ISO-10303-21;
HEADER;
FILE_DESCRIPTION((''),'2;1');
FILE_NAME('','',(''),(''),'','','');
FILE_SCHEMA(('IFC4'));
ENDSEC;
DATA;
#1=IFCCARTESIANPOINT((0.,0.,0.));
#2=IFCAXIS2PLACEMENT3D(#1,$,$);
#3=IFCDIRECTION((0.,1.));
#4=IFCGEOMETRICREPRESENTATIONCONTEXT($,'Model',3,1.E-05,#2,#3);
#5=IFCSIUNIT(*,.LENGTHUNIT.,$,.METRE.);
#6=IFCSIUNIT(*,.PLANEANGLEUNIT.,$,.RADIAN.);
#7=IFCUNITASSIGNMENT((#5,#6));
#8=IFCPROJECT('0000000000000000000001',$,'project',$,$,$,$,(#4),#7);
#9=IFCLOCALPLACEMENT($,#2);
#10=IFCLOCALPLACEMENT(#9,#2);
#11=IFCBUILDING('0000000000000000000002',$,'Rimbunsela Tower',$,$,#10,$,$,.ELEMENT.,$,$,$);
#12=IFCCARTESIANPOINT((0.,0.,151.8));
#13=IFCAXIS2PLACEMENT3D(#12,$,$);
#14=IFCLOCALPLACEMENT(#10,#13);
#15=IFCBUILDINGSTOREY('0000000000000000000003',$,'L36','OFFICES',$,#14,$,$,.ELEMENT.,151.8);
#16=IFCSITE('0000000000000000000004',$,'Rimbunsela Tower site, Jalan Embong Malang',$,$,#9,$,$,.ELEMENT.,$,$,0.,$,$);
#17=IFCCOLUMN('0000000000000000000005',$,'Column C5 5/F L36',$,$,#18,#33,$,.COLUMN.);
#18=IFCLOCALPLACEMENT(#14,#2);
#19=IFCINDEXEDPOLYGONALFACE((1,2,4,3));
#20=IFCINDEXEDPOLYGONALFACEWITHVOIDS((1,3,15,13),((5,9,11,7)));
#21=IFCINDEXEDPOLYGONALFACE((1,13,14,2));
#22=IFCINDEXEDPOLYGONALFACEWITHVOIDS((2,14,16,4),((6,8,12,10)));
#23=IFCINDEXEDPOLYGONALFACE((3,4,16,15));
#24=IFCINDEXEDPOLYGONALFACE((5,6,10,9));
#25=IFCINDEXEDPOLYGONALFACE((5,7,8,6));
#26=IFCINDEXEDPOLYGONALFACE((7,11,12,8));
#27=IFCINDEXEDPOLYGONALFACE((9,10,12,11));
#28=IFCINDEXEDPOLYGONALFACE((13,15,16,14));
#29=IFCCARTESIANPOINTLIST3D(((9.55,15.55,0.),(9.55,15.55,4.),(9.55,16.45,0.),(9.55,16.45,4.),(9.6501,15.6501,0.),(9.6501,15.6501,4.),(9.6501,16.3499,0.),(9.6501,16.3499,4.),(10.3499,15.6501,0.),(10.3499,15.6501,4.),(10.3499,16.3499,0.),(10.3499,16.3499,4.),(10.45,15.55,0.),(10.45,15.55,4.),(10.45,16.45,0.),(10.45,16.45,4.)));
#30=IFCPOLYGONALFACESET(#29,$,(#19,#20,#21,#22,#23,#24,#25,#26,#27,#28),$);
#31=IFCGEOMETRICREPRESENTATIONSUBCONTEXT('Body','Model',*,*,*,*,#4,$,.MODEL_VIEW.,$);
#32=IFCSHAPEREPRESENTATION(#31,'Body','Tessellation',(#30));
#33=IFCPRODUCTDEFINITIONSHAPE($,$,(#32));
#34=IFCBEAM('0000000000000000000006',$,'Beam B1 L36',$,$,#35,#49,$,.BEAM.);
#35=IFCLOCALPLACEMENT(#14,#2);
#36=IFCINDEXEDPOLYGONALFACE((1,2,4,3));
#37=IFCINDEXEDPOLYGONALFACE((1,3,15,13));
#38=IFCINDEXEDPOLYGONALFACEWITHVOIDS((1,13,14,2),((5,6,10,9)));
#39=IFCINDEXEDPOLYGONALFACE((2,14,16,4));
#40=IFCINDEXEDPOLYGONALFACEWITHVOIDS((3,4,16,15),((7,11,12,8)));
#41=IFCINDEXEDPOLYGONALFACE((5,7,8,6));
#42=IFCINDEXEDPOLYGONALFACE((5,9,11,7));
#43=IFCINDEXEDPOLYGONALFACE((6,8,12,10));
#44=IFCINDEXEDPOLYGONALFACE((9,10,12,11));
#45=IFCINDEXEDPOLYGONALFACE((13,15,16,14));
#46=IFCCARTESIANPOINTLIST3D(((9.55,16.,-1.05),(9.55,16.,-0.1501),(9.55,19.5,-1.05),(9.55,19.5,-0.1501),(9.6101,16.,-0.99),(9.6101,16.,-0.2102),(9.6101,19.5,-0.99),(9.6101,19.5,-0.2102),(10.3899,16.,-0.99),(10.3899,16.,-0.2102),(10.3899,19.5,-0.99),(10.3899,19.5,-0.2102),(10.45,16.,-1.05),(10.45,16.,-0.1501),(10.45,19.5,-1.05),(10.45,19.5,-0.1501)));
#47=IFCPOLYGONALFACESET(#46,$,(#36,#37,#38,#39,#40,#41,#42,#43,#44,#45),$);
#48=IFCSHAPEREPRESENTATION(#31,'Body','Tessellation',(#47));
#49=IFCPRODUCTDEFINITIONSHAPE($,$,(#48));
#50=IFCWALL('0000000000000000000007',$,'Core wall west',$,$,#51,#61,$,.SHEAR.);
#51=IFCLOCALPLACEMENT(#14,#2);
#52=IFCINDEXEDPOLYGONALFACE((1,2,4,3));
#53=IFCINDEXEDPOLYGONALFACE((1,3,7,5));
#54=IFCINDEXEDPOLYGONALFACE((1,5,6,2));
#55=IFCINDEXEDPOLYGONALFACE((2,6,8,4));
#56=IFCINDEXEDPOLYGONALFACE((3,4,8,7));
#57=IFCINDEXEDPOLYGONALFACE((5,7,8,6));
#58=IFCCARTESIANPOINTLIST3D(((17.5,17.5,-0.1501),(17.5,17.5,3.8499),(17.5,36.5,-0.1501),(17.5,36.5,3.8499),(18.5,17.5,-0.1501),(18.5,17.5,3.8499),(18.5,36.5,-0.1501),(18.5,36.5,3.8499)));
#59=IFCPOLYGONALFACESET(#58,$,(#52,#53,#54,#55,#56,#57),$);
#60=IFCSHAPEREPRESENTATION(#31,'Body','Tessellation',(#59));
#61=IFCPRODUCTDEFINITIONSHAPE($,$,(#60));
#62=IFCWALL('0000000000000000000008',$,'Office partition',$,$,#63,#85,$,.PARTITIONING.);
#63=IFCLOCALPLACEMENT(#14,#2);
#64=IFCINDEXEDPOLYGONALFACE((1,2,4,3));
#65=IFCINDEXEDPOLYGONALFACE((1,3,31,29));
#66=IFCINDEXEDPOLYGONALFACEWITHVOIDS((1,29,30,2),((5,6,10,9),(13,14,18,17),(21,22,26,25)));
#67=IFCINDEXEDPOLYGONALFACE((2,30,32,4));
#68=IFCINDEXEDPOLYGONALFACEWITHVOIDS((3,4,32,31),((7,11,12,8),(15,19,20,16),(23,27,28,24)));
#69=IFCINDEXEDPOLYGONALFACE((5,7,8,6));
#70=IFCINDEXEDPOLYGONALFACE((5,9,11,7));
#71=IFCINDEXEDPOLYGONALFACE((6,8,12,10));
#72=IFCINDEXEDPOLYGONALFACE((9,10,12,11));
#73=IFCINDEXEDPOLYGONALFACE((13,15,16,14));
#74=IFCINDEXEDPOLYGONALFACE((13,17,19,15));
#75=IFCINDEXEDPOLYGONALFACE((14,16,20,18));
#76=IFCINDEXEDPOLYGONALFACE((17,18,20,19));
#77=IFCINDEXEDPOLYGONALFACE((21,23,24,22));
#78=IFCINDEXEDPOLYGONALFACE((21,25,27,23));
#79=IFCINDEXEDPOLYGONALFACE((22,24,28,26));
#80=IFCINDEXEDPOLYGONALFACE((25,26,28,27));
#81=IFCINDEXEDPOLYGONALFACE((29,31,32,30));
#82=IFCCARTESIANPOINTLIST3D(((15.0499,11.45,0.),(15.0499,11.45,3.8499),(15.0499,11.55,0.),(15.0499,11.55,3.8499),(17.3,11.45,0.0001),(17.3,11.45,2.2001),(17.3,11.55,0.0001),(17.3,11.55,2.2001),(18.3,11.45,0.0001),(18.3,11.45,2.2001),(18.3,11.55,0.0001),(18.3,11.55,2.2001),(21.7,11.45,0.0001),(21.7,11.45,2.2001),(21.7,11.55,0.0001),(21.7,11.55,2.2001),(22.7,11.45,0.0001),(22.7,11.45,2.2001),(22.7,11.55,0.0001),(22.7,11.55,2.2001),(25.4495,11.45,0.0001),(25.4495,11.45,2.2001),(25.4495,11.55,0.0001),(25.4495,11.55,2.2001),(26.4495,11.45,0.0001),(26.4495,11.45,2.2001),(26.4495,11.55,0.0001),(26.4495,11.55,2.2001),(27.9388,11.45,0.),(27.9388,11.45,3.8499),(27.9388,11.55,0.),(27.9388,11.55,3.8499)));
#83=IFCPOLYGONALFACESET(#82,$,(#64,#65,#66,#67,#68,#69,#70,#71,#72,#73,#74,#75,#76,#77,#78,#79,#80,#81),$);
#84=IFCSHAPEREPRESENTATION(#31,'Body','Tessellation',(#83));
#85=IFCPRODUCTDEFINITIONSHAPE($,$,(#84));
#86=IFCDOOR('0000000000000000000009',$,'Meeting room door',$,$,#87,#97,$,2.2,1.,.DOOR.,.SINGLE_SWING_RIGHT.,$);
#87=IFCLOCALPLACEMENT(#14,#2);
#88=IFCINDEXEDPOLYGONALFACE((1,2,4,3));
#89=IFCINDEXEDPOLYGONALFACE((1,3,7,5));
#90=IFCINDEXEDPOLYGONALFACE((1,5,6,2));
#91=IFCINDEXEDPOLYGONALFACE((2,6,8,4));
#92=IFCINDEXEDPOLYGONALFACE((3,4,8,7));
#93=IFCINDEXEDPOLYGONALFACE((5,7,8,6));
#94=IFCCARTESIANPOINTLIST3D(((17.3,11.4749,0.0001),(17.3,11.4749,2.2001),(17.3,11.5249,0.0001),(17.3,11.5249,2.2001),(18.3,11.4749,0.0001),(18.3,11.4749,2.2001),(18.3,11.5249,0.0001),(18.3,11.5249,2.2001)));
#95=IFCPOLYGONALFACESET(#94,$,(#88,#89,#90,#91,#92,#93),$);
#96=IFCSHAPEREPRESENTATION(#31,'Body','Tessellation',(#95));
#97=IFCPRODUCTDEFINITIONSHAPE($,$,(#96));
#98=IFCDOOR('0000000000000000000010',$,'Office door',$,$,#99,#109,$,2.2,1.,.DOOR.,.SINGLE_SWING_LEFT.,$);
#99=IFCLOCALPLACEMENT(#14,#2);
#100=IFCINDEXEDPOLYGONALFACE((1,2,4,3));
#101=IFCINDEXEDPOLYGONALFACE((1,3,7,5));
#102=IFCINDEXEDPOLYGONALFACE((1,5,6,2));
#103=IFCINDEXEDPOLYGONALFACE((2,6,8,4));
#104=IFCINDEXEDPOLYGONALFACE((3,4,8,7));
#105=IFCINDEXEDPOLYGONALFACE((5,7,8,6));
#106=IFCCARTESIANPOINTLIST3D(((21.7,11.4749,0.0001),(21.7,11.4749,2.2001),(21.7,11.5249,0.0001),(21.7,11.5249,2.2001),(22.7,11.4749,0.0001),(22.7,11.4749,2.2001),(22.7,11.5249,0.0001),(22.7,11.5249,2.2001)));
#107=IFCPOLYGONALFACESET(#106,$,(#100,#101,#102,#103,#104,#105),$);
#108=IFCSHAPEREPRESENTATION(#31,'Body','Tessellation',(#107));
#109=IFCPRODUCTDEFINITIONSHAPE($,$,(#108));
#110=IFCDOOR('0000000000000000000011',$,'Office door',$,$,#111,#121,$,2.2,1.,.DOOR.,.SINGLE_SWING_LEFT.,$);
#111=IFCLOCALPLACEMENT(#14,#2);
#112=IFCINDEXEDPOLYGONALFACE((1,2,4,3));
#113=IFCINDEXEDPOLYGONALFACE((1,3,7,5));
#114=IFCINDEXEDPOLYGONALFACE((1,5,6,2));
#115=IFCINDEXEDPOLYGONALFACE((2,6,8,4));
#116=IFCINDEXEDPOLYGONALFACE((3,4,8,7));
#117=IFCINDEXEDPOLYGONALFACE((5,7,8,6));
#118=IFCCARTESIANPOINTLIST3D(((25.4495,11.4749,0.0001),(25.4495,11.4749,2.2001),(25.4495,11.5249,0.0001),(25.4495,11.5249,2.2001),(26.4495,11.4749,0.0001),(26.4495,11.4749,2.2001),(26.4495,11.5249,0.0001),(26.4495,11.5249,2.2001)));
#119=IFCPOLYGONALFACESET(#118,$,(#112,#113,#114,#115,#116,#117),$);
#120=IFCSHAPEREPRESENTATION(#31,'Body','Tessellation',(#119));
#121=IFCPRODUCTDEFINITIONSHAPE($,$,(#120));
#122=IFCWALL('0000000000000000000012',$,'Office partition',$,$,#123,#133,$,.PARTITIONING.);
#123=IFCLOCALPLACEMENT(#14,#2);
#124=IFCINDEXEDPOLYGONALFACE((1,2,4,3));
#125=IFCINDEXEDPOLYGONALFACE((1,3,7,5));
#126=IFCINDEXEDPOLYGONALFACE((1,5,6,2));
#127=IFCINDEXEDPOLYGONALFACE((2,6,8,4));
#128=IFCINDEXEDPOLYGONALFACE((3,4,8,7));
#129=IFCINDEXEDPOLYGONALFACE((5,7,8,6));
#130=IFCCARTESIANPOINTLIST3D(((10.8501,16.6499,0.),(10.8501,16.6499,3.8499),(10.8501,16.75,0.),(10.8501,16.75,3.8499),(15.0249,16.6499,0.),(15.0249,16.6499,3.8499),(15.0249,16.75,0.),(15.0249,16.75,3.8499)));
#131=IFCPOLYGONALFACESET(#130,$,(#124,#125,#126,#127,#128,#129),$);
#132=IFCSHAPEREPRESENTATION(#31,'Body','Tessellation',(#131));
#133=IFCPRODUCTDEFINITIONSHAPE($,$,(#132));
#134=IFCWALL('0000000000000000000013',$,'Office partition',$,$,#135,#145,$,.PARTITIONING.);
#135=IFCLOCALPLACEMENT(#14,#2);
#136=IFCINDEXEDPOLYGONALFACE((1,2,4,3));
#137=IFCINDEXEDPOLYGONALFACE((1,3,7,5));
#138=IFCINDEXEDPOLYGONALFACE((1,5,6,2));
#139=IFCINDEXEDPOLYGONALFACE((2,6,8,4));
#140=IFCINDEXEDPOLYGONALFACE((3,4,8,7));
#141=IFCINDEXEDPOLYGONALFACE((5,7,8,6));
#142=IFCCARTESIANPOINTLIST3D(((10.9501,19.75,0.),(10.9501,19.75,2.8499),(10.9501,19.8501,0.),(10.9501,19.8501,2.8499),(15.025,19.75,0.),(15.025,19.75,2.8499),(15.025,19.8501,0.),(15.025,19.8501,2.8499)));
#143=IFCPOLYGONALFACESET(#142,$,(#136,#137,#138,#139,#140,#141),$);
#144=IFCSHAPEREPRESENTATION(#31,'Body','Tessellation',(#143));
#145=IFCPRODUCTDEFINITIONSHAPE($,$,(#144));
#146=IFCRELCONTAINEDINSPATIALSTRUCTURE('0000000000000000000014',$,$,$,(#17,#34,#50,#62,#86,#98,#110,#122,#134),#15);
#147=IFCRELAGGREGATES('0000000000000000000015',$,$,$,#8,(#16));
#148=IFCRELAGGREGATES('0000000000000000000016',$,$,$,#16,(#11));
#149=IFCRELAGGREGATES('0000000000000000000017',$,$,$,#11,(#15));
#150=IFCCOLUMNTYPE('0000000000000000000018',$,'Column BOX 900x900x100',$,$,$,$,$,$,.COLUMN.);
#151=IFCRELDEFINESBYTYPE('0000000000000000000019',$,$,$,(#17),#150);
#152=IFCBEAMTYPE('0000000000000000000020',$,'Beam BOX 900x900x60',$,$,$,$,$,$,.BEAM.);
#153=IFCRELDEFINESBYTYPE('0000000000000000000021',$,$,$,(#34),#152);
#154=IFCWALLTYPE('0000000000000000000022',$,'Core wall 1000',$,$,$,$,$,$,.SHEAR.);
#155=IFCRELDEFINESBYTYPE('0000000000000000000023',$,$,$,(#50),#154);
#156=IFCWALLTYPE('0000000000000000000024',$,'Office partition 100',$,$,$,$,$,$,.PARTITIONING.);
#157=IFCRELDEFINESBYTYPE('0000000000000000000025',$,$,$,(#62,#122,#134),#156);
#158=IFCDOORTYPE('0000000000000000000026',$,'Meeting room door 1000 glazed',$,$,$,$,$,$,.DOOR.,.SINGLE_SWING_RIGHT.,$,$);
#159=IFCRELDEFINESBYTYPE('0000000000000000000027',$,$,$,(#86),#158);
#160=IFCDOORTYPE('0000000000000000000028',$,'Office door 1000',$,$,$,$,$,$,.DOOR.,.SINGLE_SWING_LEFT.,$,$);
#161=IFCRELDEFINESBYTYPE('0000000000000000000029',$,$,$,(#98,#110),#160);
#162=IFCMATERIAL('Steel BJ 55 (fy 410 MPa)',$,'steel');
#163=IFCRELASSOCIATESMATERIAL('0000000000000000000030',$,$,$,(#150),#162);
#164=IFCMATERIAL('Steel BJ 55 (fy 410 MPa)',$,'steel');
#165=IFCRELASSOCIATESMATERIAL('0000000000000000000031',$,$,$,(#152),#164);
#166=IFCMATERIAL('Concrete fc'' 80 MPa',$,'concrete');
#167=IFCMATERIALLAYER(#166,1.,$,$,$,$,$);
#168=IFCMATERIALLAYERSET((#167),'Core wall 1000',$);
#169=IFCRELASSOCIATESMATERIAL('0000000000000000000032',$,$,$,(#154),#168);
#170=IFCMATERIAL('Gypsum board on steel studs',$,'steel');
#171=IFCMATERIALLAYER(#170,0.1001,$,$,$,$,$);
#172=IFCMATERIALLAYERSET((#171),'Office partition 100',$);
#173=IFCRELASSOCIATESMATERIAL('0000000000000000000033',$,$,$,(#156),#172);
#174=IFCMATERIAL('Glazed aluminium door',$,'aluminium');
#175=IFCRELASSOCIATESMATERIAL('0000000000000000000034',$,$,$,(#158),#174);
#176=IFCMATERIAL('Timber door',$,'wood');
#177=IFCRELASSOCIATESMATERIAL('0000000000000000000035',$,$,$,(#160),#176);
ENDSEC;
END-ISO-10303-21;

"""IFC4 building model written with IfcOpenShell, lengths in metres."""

from ifc_helpers import new_model, si_unit, direction, frame, frame_2d, origin, origin_2d, place, context, subcontext, project, spatial, rectangle, hollow_rectangle, extrude, material, layer, layer_set, material_profile, profile_set, type_object, element, fill, save


model = new_model("IFC4")

# Units and contexts
model_context = context("Model", 3, precision=1e-05, world=origin(), true_north=direction((0.0, 1.0)))
body_context = subcontext(model_context, "Body", "Model", "MODEL_VIEW")
ifc_project = project(units=[si_unit("LENGTHUNIT", "METRE"), si_unit("PLANEANGLEUNIT", "RADIAN")], contexts=[model_context])

# Site, building, storey
site_placement = place(None, origin())
site = spatial("IfcSite", under=ifc_project, at=site_placement, Name="Rimbunsela Tower site, Jalan Embong Malang", CompositionType="ELEMENT", RefElevation=0.0)
building_placement = place(site_placement, origin())
building = spatial("IfcBuilding", under=site, at=building_placement, Name="Rimbunsela Tower", CompositionType="ELEMENT")
storey_placement = place(building_placement, frame((0.0, 0.0, 151.8)))
storey = spatial("IfcBuildingStorey", under=building, at=storey_placement, Name="L36", Description="OFFICES", CompositionType="ELEMENT", Elevation=151.8)

# Column
ifc_material_1 = material(Name="Steel BJ 55 (fy 410 MPa)", Category="steel")
ifc_material_profile_1 = material_profile(ifc_material_1, hollow_rectangle(XDim=0.8999, YDim=0.8999, WallThickness=0.1001, at=origin_2d()), Name="BOX 900x900x100")
ifc_profile_set_1 = profile_set([ifc_material_profile_1], Name="Steel BJ 55 (fy 410 MPa)")
column_type = type_object("IfcColumnType", Name="Column BOX 900x900x100", PredefinedType="COLUMN", material=ifc_profile_set_1)
column_placement = place(storey_placement, frame((10.0, 16.0, 0.0), z_axis=(0.0, 0.0, 1.0), x_axis=(1.0, 0.0, 0.0)))
element("IfcColumn", 1, at=column_placement, inside=storey, type_object=column_type, Name="Column C5 5/F L36", PredefinedType="COLUMN", context=body_context, shape_type="SweptSolid", body=[
    extrude(hollow_rectangle(XDim=0.8999, YDim=0.8999, WallThickness=0.1001, at=origin_2d()), origin(), (0.0, 0.0, 1.0), 4.0),
])

# Beam
ifc_material_2 = material(Name="Steel BJ 55 (fy 410 MPa)", Category="steel")
ifc_material_profile_2 = material_profile(ifc_material_2, hollow_rectangle(XDim=0.8999, YDim=0.8999, WallThickness=0.0601, at=origin_2d()), Name="BOX 900x900x60")
ifc_profile_set_2 = profile_set([ifc_material_profile_2], Name="Steel BJ 55 (fy 410 MPa)")
beam_type = type_object("IfcBeamType", Name="Beam BOX 900x900x60", PredefinedType="BEAM", material=ifc_profile_set_2)
beam_placement = place(storey_placement, frame((10.0, 16.0, -0.6001), z_axis=(0.0, 1.0, 0.0), x_axis=(-1.0, 0.0, 0.0)))
element("IfcBeam", 2, at=beam_placement, inside=storey, type_object=beam_type, Name="Beam B1 L36", PredefinedType="BEAM", context=body_context, shape_type="SweptSolid", body=[
    extrude(hollow_rectangle(XDim=0.8999, YDim=0.8999, WallThickness=0.0601, at=origin_2d()), origin(), (0.0, 0.0, 1.0), 3.5),
])

# Wall
ifc_material_3 = material(Name="Concrete fc' 80 MPa", Category="concrete")
ifc_layer_1 = layer(ifc_material_3, 1.0)
ifc_layer_set_1 = layer_set([ifc_layer_1], Name="Core wall 1000")
wall_type_1 = type_object("IfcWallType", Name="Core wall 1000", PredefinedType="SHEAR", material=ifc_layer_set_1)
wall_1_placement = place(storey_placement, frame((18.0, 17.5, -0.1501), z_axis=(0.0, 0.0, 1.0), x_axis=(0.0, 1.0, 0.0)))
element("IfcWall", 3, at=wall_1_placement, inside=storey, type_object=wall_type_1, Name="Core wall west", PredefinedType="SHEAR", context=body_context, shape_type="SweptSolid", body=[
    extrude(rectangle(XDim=19.0, YDim=1.0, at=frame_2d((9.5, 0.0))), origin(), (0.0, 0.0, 1.0), 4.0),
])

# Wall, openings, doors
ifc_material_4 = material(Name="Gypsum board on steel studs", Category="steel")
ifc_layer_2 = layer(ifc_material_4, 0.1001)
ifc_layer_set_2 = layer_set([ifc_layer_2], Name="Office partition 100")
wall_type_2 = type_object("IfcWallType", Name="Office partition 100", PredefinedType="PARTITIONING", material=ifc_layer_set_2)
wall_2_placement = place(storey_placement, frame((15.05, 11.5, 0.0), z_axis=(0.0, 0.0, 1.0), x_axis=(1.0, 0.0, 0.0)))
wall_2 = element("IfcWall", 4, at=wall_2_placement, inside=storey, type_object=wall_type_2, Name="Office partition", PredefinedType="PARTITIONING", context=body_context, shape_type="SweptSolid", body=[
    extrude(rectangle(XDim=12.8889, YDim=0.1001, at=frame_2d((6.4443, 0.0))), origin(), (0.0, 0.0, 1.0), 3.8499),
])
opening_1_placement = place(wall_2_placement, frame((2.25, 0.0, 0.0)))
opening_1 = element("IfcOpeningElement", 5, at=opening_1_placement, cuts=wall_2, PredefinedType="OPENING", context=body_context, shape_type="SweptSolid", body=[
    extrude(rectangle(XDim=1.0, YDim=2.2, at=frame_2d((0.5, 1.1001))), frame((0.0, 0.0601, 0.0), z_axis=(0.0, -1.0, 0.0), x_axis=(1.0, 0.0, 0.0)), (0.0, 0.0, 1.0), 0.1201),
])
opening_2_placement = place(wall_2_placement, frame((6.6499, 0.0, 0.0)))
opening_2 = element("IfcOpeningElement", 6, at=opening_2_placement, cuts=wall_2, PredefinedType="OPENING", context=body_context, shape_type="SweptSolid", body=[
    extrude(rectangle(XDim=1.0, YDim=2.2, at=frame_2d((0.5, 1.1001))), frame((0.0, 0.0601, 0.0), z_axis=(0.0, -1.0, 0.0), x_axis=(1.0, 0.0, 0.0)), (0.0, 0.0, 1.0), 0.1201),
])
opening_3_placement = place(wall_2_placement, frame((10.3994, 0.0, 0.0)))
opening_3 = element("IfcOpeningElement", 7, at=opening_3_placement, cuts=wall_2, PredefinedType="OPENING", context=body_context, shape_type="SweptSolid", body=[
    extrude(rectangle(XDim=1.0, YDim=2.2, at=frame_2d((0.5, 1.1001))), frame((0.0, 0.0601, 0.0), z_axis=(0.0, -1.0, 0.0), x_axis=(1.0, 0.0, 0.0)), (0.0, 0.0, 1.0), 0.1201),
])
ifc_material_5 = material(Name="Glazed aluminium door", Category="aluminium")
door_type_1 = type_object("IfcDoorType", Name="Meeting room door 1000 glazed", OperationType="SINGLE_SWING_RIGHT", PredefinedType="DOOR", material=ifc_material_5)
door_1_placement = place(opening_1_placement, origin())
door_1 = element("IfcDoor", 8, at=door_1_placement, inside=storey, type_object=door_type_1, Name="Meeting room door", OperationType="SINGLE_SWING_RIGHT", OverallHeight=2.2, OverallWidth=1.0, PredefinedType="DOOR", context=body_context, shape_type="SweptSolid", body=[
    extrude(rectangle(XDim=1.0, YDim=2.2, at=frame_2d((0.5, 1.1001))), frame((0.0, 0.0249, 0.0), z_axis=(0.0, -1.0, 0.0), x_axis=(1.0, 0.0, 0.0)), (0.0, 0.0, 1.0), 0.05),
])
fill(opening_1, door_1)
ifc_material_6 = material(Name="Timber door", Category="wood")
door_type_2 = type_object("IfcDoorType", Name="Office door 1000", OperationType="SINGLE_SWING_LEFT", PredefinedType="DOOR", material=ifc_material_6)
door_2_placement = place(opening_2_placement, origin())
door_2 = element("IfcDoor", 9, at=door_2_placement, inside=storey, type_object=door_type_2, Name="Office door", OperationType="SINGLE_SWING_LEFT", OverallHeight=2.2, OverallWidth=1.0, PredefinedType="DOOR", context=body_context, shape_type="SweptSolid", body=[
    extrude(rectangle(XDim=1.0, YDim=2.2, at=frame_2d((0.5, 1.1001))), frame((0.0, 0.0249, 0.0), z_axis=(0.0, -1.0, 0.0), x_axis=(1.0, 0.0, 0.0)), (0.0, 0.0, 1.0), 0.05),
])
fill(opening_2, door_2)
door_3_placement = place(opening_3_placement, origin())
door_3 = element("IfcDoor", 10, at=door_3_placement, inside=storey, type_object=door_type_2, Name="Office door", OperationType="SINGLE_SWING_LEFT", OverallHeight=2.2, OverallWidth=1.0, PredefinedType="DOOR", context=body_context, shape_type="SweptSolid", body=[
    extrude(rectangle(XDim=1.0, YDim=2.2, at=frame_2d((0.5, 1.1001))), frame((0.0, 0.0249, 0.0), z_axis=(0.0, -1.0, 0.0), x_axis=(1.0, 0.0, 0.0)), (0.0, 0.0, 1.0), 0.05),
])
fill(opening_3, door_3)

# Walls
wall_3_placement = place(storey_placement, frame((10.8501, 16.7, 0.0), z_axis=(0.0, 0.0, 1.0), x_axis=(1.0, 0.0, 0.0)))
element("IfcWall", 11, at=wall_3_placement, inside=storey, type_object=wall_type_2, Name="Office partition", PredefinedType="PARTITIONING", context=body_context, shape_type="SweptSolid", body=[
    extrude(rectangle(XDim=4.1748, YDim=0.1001, at=frame_2d((2.0874, 0.0))), origin(), (0.0, 0.0, 1.0), 3.8499),
])
wall_4_placement = place(storey_placement, frame((10.95, 19.8, 0.0), z_axis=(0.0, 0.0, 1.0), x_axis=(1.0, 0.0, 0.0)))
element("IfcWall", 12, at=wall_4_placement, inside=storey, type_object=wall_type_2, Name="Office partition", PredefinedType="PARTITIONING", context=body_context, shape_type="SweptSolid", body=[
    extrude(rectangle(XDim=4.075, YDim=0.1001, at=frame_2d((2.0376, 0.0))), origin(), (0.0, 0.0, 1.0), 2.8499),
])

save(model, "model.ifc")
